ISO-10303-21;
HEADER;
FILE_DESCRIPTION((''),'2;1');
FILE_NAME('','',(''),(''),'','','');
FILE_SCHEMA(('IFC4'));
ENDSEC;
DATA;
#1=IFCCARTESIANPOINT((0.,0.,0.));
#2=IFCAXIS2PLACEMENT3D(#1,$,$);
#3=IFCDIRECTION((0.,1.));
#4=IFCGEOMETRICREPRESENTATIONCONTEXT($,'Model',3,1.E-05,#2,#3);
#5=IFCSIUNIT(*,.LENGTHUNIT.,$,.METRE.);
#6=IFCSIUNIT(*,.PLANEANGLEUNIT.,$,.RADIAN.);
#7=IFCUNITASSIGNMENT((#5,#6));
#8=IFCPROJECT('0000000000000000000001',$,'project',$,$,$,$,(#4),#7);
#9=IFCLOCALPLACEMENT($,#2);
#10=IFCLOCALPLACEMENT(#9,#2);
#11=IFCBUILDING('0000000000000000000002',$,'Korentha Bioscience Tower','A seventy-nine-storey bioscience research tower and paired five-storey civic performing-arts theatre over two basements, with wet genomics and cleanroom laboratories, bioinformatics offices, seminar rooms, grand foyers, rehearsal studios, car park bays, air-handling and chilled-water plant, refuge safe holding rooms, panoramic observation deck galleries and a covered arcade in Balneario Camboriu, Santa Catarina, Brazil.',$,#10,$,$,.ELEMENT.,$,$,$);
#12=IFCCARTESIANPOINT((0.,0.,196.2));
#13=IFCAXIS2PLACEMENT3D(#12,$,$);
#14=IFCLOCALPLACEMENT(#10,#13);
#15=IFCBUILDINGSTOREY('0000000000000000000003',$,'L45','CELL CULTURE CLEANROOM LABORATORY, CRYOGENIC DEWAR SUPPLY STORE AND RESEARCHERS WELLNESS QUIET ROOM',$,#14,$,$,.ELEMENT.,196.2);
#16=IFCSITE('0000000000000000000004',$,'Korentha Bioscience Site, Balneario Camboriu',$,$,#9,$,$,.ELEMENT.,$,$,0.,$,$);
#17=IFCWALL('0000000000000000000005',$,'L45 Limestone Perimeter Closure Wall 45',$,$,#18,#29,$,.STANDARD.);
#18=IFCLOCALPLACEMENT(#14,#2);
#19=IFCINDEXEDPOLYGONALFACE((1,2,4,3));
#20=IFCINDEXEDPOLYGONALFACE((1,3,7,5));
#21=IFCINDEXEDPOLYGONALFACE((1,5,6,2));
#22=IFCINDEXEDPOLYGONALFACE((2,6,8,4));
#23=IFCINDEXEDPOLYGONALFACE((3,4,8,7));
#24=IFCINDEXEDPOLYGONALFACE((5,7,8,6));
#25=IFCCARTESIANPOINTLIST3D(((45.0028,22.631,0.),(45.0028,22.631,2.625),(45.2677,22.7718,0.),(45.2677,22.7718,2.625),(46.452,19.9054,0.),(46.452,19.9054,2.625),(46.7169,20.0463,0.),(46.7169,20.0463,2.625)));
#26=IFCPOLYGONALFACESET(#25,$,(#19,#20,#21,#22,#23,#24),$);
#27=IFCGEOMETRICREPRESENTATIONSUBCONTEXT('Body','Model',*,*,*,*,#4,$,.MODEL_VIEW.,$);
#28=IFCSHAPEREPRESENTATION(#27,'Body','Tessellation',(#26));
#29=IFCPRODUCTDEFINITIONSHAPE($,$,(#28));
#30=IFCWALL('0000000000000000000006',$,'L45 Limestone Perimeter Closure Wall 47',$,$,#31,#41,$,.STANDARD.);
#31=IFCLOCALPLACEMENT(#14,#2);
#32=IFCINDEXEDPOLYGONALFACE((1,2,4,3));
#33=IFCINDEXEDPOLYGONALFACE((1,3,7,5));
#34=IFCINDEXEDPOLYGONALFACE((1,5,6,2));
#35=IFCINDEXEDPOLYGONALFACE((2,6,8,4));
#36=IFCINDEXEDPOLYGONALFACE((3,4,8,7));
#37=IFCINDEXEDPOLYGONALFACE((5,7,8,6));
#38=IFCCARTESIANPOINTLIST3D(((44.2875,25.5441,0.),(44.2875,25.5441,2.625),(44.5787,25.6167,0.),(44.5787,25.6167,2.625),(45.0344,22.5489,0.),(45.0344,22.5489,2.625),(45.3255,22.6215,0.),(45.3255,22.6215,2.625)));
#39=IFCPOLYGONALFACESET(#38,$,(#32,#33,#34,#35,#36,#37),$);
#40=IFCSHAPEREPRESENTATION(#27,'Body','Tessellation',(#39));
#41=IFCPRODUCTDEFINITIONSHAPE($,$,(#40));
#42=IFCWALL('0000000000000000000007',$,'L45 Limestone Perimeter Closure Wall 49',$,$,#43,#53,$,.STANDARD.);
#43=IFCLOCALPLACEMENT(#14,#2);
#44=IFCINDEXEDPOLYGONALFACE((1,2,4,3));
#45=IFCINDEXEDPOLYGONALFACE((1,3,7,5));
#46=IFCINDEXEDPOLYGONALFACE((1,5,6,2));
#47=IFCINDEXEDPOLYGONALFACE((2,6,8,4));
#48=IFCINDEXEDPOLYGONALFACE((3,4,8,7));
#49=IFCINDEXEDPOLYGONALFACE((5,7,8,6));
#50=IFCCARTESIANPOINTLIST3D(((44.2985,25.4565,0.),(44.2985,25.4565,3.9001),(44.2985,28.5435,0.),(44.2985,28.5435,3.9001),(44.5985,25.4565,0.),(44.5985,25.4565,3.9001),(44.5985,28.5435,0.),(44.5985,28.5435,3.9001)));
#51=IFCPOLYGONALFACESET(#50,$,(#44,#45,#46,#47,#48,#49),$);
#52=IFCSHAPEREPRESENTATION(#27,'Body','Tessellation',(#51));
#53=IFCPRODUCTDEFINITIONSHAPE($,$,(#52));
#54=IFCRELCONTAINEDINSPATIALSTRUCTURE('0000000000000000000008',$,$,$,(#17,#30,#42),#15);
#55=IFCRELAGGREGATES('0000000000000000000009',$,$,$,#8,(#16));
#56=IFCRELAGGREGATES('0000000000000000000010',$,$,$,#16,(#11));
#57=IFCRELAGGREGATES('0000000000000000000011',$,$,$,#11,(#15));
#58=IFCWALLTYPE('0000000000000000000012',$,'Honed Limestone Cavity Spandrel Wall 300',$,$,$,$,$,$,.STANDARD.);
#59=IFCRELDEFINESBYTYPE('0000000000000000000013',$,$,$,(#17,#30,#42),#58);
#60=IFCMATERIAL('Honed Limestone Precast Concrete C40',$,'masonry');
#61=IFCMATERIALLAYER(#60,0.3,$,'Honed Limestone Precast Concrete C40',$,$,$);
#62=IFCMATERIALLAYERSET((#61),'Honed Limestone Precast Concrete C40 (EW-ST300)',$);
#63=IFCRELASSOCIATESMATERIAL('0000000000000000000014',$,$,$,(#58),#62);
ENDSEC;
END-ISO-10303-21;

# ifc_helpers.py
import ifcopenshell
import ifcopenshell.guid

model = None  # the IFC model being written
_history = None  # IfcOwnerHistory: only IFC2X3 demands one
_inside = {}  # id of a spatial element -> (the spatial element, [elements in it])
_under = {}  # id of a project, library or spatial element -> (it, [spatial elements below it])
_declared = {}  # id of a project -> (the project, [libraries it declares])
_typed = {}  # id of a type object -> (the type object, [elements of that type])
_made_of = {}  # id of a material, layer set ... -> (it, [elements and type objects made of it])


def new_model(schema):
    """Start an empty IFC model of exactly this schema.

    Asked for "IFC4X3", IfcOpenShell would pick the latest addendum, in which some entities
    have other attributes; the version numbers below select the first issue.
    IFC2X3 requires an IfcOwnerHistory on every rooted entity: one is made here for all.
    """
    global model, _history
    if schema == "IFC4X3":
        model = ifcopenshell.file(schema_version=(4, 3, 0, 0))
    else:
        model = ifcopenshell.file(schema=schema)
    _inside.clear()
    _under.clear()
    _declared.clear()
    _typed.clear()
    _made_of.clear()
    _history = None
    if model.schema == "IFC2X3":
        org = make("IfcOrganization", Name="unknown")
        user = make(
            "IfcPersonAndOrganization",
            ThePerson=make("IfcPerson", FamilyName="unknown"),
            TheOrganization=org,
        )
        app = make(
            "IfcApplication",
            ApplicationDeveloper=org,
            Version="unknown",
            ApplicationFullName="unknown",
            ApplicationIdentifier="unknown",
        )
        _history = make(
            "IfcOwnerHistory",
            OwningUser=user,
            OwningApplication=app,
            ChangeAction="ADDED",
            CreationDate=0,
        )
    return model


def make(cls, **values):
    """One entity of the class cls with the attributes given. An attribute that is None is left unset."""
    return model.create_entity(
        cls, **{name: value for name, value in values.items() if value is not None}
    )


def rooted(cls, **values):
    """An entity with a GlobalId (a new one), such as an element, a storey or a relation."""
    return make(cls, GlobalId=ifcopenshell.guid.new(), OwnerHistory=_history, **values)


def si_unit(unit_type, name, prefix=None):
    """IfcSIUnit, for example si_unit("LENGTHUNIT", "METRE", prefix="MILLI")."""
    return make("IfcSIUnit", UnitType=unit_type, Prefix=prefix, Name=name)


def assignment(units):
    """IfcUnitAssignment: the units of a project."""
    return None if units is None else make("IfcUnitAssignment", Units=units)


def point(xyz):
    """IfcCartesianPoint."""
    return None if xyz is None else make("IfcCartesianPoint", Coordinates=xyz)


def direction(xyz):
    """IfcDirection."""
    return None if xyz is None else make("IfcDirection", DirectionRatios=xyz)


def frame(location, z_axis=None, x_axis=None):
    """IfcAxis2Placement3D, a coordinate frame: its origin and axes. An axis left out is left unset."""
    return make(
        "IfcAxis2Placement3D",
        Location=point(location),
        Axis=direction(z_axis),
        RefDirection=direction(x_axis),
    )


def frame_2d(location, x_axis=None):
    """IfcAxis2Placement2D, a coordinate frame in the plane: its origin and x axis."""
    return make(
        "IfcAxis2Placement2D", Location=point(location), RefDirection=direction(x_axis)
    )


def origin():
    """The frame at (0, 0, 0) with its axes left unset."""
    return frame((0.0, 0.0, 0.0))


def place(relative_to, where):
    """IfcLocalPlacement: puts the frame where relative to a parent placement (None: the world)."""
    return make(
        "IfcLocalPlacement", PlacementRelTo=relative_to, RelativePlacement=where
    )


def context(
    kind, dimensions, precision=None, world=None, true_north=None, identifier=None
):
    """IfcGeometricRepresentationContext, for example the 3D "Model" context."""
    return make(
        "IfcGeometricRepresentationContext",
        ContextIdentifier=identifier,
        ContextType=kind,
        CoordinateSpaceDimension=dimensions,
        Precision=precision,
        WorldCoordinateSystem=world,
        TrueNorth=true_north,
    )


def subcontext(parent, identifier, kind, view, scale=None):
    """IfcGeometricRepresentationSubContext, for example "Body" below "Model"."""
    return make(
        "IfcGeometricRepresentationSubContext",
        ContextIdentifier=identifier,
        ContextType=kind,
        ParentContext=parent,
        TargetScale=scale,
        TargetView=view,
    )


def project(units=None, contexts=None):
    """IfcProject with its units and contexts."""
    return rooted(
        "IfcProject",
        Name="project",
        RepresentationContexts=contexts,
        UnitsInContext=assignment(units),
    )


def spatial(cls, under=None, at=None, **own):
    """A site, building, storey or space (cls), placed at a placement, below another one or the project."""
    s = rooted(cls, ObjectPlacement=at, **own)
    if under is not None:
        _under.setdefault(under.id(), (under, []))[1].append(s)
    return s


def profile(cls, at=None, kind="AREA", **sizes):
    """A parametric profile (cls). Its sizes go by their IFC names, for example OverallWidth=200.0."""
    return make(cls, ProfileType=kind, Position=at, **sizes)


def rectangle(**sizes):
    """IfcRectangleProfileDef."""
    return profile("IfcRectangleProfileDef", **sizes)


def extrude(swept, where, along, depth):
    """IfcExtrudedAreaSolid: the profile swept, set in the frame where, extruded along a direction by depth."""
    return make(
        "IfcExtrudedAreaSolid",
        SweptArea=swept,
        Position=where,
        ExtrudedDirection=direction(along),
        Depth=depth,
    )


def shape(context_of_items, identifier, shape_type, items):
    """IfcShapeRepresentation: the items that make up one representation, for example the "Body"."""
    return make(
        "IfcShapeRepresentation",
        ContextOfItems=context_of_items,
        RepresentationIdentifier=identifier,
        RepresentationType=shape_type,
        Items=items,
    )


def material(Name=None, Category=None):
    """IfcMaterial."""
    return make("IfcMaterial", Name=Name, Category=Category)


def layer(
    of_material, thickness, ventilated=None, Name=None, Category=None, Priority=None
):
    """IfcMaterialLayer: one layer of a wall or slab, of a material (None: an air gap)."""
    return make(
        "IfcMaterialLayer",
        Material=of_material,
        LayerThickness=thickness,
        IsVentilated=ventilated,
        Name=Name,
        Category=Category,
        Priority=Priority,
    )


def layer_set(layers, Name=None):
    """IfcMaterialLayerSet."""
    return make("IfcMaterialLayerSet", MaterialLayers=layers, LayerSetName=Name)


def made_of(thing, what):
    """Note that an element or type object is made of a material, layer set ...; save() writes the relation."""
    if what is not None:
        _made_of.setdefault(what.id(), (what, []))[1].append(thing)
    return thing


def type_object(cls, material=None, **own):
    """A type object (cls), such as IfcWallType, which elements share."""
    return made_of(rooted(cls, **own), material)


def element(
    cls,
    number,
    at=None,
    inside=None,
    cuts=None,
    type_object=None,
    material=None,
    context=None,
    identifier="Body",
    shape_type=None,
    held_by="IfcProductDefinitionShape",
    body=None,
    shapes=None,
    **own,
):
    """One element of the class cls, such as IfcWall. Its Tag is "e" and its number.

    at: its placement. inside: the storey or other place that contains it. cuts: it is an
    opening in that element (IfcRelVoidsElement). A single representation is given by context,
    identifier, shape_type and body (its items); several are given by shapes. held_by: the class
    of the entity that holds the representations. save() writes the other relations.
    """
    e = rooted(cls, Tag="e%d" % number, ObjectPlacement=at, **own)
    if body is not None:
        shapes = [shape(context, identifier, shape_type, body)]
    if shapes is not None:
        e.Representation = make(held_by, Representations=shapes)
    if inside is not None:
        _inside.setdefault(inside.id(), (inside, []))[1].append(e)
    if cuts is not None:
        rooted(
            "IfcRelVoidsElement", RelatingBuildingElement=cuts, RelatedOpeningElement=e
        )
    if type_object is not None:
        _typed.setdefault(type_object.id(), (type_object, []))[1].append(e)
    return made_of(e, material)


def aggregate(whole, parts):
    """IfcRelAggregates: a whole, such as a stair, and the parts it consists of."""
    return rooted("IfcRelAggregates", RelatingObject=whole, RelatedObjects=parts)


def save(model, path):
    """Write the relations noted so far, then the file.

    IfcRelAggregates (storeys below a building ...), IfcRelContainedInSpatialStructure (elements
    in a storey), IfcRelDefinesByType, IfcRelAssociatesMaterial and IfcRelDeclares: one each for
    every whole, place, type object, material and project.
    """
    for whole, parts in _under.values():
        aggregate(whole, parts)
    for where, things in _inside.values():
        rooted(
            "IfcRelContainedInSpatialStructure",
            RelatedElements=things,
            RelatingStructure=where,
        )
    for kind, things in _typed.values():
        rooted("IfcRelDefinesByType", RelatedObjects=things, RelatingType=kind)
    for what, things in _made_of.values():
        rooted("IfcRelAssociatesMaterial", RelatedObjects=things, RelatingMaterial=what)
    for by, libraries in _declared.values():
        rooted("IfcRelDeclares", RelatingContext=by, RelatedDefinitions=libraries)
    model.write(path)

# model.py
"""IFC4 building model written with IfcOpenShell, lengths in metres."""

from ifc_helpers import new_model, si_unit, direction, frame, frame_2d, origin, place, context, subcontext, project, spatial, rectangle, extrude, material, layer, layer_set, type_object, element, save


model = new_model("IFC4")

# Units and contexts
model_context = context("Model", 3, precision=1e-05, world=origin(), true_north=direction((0.0, 1.0)))
body_context = subcontext(model_context, "Body", "Model", "MODEL_VIEW")
ifc_project = project(units=[si_unit("LENGTHUNIT", "METRE"), si_unit("PLANEANGLEUNIT", "RADIAN")], contexts=[model_context])

# Site, building, storey
site_placement = place(None, origin())
site = spatial("IfcSite", under=ifc_project, at=site_placement, Name="Korentha Bioscience Site, Balneario Camboriu", CompositionType="ELEMENT", RefElevation=0.0)
building_placement = place(site_placement, origin())
building = spatial("IfcBuilding", under=site, at=building_placement, Name="Korentha Bioscience Tower", Description="A seventy-nine-storey bioscience research tower and paired five-storey civic performing-arts theatre over two basements, with wet genomics and cleanroom laboratories, bioinformatics offices, seminar rooms, grand foyers, rehearsal studios, car park bays, air-handling and chilled-water plant, refuge safe holding rooms, panoramic observation deck galleries and a covered arcade in Balneario Camboriu, Santa Catarina, Brazil.", CompositionType="ELEMENT")
storey_placement = place(building_placement, frame((0.0, 0.0, 196.2)))
storey = spatial("IfcBuildingStorey", under=building, at=storey_placement, Name="L45", Description="CELL CULTURE CLEANROOM LABORATORY, CRYOGENIC DEWAR SUPPLY STORE AND RESEARCHERS WELLNESS QUIET ROOM", CompositionType="ELEMENT", Elevation=196.2)

# Walls
ifc_material_1 = material(Name="Honed Limestone Precast Concrete C40", Category="masonry")
ifc_layer_1 = layer(ifc_material_1, 0.3, Name="Honed Limestone Precast Concrete C40")
ifc_layer_set_1 = layer_set([ifc_layer_1], Name="Honed Limestone Precast Concrete C40 (EW-ST300)")
wall_type_1 = type_object("IfcWallType", Name="Honed Limestone Cavity Spandrel Wall 300", PredefinedType="STANDARD", material=ifc_layer_set_1)
for number, where, z_axis, x_axis, name in (
    (1, (46.5845, 19.9758, 0.0), (0.0, 0.0, 1.0), (-0.469471, 0.882948, 0.0), "L45 Limestone Perimeter Closure Wall 45"),
    (2, (45.1799, 22.5852, 0.0), (0.0, 0.0, 1.0), (-0.24194, 0.970291, 0.0), "L45 Limestone Perimeter Closure Wall 47"),
):
    element("IfcWall", number, at=place(storey_placement, frame(where, z_axis=z_axis, x_axis=x_axis)), inside=storey, type_object=wall_type_1, Name=name, PredefinedType="STANDARD", context=body_context, shape_type="SweptSolid", body=[
        extrude(rectangle(XDim=3.0869, YDim=0.3, at=frame_2d((1.5435, 0.0))), origin(), (0.0, 0.0, 1.0), 2.625),
    ])
wall_1_placement = place(storey_placement, frame((44.4485, 25.4565, 0.0), z_axis=(0.0, 0.0, 1.0), x_axis=(0.0, 1.0, 0.0)))
element("IfcWall", 3, at=wall_1_placement, inside=storey, type_object=wall_type_1, Name="L45 Limestone Perimeter Closure Wall 49", PredefinedType="STANDARD", context=body_context, shape_type="SweptSolid", body=[
    extrude(rectangle(XDim=3.0869, YDim=0.3, at=frame_2d((1.5435, 0.0))), origin(), (0.0, 0.0, 1.0), 3.9001),
])

save(model, "model.ifc")
